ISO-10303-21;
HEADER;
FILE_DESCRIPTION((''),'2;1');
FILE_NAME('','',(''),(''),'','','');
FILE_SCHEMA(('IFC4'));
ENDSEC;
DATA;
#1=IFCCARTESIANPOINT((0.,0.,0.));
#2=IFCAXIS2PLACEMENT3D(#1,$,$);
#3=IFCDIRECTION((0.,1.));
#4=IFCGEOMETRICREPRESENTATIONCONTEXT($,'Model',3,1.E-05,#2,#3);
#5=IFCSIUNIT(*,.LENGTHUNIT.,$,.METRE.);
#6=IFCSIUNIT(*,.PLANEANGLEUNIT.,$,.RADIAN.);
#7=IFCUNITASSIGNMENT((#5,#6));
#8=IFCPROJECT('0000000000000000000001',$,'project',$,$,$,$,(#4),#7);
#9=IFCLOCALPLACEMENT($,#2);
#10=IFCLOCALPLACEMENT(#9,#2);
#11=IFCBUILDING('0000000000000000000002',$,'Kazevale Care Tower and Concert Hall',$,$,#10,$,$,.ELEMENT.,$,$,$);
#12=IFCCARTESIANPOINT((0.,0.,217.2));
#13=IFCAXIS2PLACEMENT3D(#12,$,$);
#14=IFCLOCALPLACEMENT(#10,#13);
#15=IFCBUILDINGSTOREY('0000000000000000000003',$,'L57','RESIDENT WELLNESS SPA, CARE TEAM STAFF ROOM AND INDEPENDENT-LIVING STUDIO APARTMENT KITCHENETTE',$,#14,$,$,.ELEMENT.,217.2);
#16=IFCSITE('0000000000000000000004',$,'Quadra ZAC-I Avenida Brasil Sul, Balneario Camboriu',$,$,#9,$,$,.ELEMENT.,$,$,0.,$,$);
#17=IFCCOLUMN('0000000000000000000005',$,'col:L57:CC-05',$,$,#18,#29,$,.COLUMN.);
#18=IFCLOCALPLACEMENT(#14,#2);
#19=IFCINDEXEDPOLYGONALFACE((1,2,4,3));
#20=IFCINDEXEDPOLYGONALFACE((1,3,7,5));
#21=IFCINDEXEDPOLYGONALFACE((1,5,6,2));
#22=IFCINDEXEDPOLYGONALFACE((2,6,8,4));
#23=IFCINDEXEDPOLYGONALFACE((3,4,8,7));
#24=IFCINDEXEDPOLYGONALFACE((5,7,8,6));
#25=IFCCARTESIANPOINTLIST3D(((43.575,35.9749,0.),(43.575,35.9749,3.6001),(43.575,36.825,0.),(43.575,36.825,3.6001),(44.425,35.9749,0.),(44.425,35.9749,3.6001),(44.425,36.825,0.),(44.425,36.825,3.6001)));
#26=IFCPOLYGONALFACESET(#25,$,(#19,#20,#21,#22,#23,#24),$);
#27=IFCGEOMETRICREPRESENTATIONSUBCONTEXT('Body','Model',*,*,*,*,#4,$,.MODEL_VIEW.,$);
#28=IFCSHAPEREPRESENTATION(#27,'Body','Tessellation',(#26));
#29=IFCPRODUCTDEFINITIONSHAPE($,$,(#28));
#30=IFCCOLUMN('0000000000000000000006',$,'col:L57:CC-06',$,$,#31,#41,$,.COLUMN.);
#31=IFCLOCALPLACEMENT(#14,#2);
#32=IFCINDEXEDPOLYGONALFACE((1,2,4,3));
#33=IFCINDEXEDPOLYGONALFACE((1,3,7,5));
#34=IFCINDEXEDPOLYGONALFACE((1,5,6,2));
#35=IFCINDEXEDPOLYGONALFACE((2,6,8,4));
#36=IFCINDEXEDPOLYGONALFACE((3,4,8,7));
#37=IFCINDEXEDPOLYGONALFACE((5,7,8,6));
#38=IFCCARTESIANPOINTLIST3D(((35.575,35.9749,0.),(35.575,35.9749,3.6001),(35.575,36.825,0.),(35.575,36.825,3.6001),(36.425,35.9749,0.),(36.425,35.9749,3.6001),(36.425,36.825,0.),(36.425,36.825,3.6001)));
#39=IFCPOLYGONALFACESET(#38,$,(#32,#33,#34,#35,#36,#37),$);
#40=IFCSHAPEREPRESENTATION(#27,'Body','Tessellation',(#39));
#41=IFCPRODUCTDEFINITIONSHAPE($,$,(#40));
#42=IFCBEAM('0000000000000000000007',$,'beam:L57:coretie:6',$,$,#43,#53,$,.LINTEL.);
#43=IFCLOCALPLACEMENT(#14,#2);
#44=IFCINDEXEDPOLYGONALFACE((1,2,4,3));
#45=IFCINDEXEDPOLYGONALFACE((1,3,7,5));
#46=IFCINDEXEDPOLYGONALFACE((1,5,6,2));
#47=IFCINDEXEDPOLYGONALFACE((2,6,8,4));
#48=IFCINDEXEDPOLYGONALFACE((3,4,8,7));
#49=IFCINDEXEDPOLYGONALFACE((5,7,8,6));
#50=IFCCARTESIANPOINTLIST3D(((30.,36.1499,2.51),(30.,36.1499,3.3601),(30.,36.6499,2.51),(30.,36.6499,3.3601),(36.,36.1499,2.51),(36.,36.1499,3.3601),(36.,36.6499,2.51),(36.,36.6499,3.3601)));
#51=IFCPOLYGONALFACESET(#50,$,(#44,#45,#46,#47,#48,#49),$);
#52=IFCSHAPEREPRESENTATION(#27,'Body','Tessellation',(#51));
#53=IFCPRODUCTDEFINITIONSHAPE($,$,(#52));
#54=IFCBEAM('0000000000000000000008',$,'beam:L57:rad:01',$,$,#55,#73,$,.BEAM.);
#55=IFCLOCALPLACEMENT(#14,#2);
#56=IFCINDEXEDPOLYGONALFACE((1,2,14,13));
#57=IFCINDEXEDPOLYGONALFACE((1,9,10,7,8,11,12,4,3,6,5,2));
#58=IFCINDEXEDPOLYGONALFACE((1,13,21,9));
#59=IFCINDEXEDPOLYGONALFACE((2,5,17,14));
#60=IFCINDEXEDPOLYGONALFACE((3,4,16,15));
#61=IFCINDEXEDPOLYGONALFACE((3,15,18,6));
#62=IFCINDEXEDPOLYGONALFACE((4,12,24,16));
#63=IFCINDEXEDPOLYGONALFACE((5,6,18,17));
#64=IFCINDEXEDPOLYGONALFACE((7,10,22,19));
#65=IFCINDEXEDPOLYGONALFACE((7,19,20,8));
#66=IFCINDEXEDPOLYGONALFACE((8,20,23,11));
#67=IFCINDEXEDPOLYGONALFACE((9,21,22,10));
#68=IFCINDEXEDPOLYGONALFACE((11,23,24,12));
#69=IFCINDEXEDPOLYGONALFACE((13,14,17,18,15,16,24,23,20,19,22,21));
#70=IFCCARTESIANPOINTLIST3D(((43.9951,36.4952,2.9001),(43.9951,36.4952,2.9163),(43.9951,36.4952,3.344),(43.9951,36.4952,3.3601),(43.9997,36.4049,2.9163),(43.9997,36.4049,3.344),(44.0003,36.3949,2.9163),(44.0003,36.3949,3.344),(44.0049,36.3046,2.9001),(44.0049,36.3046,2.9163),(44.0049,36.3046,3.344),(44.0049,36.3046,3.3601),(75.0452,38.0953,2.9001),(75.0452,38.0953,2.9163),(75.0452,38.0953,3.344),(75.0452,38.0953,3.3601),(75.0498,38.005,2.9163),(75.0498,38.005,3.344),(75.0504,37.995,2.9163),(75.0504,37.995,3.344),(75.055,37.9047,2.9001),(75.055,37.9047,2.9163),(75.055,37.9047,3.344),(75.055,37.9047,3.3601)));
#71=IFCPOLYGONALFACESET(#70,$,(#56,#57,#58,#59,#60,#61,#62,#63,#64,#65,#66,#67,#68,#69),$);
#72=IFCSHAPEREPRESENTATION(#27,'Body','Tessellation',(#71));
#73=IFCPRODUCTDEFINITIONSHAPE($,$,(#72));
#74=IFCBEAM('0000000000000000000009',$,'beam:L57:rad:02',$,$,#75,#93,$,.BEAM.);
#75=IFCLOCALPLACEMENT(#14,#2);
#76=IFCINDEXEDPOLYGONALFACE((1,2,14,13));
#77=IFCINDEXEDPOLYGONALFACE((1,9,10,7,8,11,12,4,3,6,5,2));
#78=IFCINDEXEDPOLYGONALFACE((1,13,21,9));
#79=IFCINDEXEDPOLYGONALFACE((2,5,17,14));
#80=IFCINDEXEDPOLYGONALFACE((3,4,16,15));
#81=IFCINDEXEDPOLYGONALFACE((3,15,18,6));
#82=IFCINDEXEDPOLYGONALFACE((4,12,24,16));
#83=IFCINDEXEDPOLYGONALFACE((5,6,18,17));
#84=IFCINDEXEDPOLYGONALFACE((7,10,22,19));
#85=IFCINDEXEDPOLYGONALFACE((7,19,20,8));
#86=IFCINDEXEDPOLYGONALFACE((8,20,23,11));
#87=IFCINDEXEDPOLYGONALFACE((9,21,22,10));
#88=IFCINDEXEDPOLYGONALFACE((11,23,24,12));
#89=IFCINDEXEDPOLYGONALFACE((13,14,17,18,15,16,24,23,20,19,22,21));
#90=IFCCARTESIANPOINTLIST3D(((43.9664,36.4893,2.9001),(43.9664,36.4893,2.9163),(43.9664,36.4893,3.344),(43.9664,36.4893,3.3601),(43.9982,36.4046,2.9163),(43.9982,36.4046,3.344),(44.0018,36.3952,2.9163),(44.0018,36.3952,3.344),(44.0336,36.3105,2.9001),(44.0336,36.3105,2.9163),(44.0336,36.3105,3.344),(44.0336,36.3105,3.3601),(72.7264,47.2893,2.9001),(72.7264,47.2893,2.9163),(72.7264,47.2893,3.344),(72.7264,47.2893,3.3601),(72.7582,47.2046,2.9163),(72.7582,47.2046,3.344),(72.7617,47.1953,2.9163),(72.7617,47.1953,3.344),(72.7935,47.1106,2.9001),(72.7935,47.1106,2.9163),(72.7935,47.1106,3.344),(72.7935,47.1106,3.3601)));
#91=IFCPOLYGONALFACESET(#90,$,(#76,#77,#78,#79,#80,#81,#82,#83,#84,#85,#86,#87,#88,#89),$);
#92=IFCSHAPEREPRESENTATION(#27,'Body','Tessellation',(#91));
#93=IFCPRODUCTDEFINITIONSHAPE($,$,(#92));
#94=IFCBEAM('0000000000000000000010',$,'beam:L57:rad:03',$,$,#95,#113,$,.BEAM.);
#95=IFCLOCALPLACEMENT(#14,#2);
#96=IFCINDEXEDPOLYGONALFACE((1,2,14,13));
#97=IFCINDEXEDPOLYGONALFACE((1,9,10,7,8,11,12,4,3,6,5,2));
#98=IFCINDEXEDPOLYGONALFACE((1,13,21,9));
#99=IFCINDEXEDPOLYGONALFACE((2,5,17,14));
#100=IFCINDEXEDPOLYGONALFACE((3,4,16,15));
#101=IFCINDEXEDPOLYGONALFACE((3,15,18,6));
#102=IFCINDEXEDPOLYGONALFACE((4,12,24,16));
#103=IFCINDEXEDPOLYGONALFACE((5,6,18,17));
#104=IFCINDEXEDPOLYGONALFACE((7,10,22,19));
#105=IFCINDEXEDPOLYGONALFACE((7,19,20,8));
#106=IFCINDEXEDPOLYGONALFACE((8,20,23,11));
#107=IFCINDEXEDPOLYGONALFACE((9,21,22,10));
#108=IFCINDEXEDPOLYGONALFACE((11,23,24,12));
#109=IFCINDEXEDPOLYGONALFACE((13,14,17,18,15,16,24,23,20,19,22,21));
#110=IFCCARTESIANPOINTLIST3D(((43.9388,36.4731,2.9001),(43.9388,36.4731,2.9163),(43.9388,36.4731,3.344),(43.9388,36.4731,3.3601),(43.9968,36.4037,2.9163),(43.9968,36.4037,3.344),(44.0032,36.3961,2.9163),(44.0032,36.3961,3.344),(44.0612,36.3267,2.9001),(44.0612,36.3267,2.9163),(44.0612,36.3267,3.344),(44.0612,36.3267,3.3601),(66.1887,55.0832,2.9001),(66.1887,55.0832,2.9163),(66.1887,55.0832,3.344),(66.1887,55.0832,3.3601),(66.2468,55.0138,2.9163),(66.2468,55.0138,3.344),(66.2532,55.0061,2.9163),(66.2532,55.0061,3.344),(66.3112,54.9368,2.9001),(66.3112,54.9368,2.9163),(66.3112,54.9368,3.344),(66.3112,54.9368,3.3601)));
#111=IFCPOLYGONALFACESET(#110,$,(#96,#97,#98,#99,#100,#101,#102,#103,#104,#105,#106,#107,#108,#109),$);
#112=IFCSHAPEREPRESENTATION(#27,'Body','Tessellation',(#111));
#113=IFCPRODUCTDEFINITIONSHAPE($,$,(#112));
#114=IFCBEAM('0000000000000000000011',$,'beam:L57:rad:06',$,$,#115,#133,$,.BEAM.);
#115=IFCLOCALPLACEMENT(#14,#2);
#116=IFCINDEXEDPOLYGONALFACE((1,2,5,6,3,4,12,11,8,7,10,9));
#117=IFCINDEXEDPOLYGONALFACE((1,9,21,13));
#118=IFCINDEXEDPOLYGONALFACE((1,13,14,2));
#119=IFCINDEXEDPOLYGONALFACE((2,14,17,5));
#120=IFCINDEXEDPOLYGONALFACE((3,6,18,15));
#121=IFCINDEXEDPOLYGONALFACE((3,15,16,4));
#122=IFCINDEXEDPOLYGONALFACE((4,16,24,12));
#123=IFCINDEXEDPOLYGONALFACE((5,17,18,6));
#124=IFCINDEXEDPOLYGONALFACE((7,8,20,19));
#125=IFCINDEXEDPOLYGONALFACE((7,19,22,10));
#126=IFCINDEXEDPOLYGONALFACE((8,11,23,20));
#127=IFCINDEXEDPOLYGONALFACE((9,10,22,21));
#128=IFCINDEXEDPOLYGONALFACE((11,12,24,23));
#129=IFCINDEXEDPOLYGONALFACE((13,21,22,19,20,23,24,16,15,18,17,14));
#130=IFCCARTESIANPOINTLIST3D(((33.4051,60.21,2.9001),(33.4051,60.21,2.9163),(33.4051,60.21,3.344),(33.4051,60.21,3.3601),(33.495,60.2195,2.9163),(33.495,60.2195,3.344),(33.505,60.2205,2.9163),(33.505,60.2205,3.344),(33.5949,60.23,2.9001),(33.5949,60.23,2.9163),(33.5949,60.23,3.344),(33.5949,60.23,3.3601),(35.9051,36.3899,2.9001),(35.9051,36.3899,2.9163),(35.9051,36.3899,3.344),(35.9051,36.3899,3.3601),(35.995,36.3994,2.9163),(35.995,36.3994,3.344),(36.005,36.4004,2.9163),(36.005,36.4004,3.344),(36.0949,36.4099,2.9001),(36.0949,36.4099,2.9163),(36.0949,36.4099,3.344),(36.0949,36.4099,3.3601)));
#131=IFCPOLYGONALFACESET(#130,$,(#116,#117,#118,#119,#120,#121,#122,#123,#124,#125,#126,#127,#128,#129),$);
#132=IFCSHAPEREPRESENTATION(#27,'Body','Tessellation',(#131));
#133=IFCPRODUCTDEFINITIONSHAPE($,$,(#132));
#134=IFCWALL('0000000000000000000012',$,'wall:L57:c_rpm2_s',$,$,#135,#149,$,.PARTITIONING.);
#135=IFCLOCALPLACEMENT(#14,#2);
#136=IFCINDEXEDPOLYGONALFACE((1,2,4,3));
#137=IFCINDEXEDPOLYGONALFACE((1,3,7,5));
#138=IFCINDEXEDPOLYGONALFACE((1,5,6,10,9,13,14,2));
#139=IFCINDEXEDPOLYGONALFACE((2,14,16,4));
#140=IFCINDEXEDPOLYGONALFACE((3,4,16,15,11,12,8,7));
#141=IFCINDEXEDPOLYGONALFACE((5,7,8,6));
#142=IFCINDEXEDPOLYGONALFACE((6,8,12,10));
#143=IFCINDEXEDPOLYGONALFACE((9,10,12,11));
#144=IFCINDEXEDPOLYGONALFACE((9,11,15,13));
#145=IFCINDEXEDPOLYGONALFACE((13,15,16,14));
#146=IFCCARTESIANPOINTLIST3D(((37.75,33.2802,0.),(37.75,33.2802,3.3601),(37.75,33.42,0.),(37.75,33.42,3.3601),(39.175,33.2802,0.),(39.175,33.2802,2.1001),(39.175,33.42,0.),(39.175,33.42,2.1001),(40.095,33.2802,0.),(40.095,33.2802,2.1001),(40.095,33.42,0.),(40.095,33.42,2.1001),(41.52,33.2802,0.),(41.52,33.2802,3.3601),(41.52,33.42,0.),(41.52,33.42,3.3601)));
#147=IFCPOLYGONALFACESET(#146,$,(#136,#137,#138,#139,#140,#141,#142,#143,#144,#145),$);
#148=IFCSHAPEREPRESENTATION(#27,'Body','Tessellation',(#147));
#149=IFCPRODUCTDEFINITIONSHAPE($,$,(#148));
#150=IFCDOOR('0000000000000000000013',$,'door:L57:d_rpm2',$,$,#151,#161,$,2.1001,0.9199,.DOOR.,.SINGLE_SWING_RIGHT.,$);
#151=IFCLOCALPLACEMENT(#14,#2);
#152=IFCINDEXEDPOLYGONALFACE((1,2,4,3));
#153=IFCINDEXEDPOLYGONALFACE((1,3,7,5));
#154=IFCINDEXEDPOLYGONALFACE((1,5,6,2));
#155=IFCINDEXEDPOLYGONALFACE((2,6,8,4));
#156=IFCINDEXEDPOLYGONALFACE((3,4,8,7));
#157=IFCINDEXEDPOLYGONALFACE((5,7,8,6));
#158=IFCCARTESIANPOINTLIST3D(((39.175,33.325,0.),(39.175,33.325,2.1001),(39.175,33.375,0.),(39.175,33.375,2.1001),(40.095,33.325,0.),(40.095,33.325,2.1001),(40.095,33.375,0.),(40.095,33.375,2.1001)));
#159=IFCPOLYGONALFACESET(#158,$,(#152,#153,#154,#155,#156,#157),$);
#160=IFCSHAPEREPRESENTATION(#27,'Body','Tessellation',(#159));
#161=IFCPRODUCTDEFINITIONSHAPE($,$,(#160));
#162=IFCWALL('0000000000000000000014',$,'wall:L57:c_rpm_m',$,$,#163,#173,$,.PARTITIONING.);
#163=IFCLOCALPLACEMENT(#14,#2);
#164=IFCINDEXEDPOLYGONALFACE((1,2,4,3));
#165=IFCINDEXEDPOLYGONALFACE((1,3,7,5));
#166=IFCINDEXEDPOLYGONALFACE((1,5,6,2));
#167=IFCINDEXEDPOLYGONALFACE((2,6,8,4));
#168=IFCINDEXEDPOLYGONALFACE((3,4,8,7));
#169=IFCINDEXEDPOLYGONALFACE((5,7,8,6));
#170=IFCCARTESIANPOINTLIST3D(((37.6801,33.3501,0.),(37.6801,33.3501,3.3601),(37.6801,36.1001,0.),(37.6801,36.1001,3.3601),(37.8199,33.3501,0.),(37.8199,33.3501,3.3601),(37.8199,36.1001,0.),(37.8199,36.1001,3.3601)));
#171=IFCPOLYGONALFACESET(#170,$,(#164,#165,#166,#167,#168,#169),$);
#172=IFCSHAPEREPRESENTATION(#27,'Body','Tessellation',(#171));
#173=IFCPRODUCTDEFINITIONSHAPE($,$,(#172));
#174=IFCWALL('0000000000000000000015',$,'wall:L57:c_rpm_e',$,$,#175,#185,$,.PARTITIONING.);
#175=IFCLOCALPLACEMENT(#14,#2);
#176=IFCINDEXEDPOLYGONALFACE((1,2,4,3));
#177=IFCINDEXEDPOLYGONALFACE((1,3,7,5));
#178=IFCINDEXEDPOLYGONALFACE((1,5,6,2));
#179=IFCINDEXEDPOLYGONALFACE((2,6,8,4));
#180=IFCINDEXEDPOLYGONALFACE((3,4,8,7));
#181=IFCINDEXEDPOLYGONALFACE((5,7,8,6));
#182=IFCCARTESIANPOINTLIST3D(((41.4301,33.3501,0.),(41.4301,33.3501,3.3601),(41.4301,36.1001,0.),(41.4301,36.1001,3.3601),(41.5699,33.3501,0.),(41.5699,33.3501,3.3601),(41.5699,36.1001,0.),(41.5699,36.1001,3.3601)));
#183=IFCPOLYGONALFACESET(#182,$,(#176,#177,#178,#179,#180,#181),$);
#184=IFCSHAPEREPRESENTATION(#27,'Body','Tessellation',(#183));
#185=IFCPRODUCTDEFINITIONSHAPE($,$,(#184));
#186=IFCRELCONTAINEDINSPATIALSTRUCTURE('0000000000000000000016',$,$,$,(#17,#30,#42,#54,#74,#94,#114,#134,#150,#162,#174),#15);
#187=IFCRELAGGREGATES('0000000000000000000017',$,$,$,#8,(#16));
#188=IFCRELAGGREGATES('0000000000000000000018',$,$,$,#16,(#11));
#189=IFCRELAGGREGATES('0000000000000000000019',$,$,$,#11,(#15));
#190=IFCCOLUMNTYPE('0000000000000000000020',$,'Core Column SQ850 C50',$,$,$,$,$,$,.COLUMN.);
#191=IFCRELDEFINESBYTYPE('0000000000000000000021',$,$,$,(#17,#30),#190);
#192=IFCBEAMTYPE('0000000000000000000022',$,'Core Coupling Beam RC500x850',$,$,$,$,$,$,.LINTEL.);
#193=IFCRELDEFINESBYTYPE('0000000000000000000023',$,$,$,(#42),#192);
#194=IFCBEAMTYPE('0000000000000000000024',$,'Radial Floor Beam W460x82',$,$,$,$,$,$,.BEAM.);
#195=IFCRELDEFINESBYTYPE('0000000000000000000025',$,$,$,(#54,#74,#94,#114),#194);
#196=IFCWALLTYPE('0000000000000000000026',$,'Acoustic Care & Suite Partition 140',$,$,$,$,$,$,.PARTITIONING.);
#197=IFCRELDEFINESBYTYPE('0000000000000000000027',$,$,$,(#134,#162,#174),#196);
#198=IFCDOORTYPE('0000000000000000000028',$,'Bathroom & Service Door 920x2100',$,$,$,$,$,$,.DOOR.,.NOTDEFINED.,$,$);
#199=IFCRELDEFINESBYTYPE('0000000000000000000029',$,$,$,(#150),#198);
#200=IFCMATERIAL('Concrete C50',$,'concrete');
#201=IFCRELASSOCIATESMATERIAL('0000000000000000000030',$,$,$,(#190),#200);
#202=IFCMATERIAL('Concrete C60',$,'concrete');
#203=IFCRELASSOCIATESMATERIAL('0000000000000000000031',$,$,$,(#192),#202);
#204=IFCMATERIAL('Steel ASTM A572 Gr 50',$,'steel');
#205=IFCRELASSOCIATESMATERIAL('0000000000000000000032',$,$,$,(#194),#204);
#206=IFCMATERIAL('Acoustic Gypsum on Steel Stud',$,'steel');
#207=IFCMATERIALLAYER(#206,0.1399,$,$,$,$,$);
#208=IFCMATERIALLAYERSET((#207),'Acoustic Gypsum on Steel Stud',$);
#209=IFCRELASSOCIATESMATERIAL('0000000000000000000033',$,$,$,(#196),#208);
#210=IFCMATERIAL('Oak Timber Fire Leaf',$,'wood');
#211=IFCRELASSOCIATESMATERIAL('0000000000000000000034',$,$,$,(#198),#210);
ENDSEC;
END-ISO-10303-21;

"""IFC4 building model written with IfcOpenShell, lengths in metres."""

from ifc_helpers import new_model, si_unit, direction, frame, frame_2d, origin, origin_2d, place, context, subcontext, project, spatial, rectangle, i_section, extrude, material, layer, layer_set, material_profile, profile_set, type_object, element, fill, save


model = new_model("IFC4")

# Units and contexts
model_context = context("Model", 3, precision=1e-05, world=origin(), true_north=direction((0.0, 1.0)))
body_context = subcontext(model_context, "Body", "Model", "MODEL_VIEW")
ifc_project = project(units=[si_unit("LENGTHUNIT", "METRE"), si_unit("PLANEANGLEUNIT", "RADIAN")], contexts=[model_context])

# Site, building, storey
site_placement = place(None, origin())
site = spatial("IfcSite", under=ifc_project, at=site_placement, Name="Quadra ZAC-I Avenida Brasil Sul, Balneario Camboriu", CompositionType="ELEMENT", RefElevation=0.0)
building_placement = place(site_placement, origin())
building = spatial("IfcBuilding", under=site, at=building_placement, Name="Kazevale Care Tower and Concert Hall", CompositionType="ELEMENT")
storey_placement = place(building_placement, frame((0.0, 0.0, 217.2)))
storey = spatial("IfcBuildingStorey", under=building, at=storey_placement, Name="L57", Description="RESIDENT WELLNESS SPA, CARE TEAM STAFF ROOM AND INDEPENDENT-LIVING STUDIO APARTMENT KITCHENETTE", CompositionType="ELEMENT", Elevation=217.2)

# Columns
ifc_material_1 = material(Name="Concrete C50", Category="concrete")
ifc_material_profile_1 = material_profile(ifc_material_1, rectangle(XDim=0.8501, YDim=0.8501, at=origin_2d()), Name="RC-SQ850")
ifc_profile_set_1 = profile_set([ifc_material_profile_1], Name="Concrete C50")
column_type = type_object("IfcColumnType", Name="Core Column SQ850 C50", PredefinedType="COLUMN", material=ifc_profile_set_1)
for number, where, z_axis, x_axis, name in (
    (1, (44.0, 36.3999, 0.0), (0.0, 0.0, 1.0), (1.0, 0.0, 0.0), "col:L57:CC-05"),
    (2, (36.0, 36.3999, 0.0), (0.0, 0.0, 1.0), (1.0, 0.0, 0.0), "col:L57:CC-06"),
):
    element("IfcColumn", number, at=place(storey_placement, frame(where, z_axis=z_axis, x_axis=x_axis)), inside=storey, type_object=column_type, Name=name, PredefinedType="COLUMN", context=body_context, shape_type="SweptSolid", body=[
        extrude(rectangle(XDim=0.8501, YDim=0.8501, at=origin_2d()), origin(), (0.0, 0.0, 1.0), 3.6001),
    ])

# Beams
ifc_material_2 = material(Name="Concrete C60", Category="concrete")
ifc_material_profile_2 = material_profile(ifc_material_2, rectangle(XDim=0.5, YDim=0.8501, at=origin_2d()), Name="RC-B500x850")
ifc_profile_set_2 = profile_set([ifc_material_profile_2], Name="Concrete C60")
beam_type_1 = type_object("IfcBeamType", Name="Core Coupling Beam RC500x850", PredefinedType="LINTEL", material=ifc_profile_set_2)
beam_1_placement = place(storey_placement, frame((36.0, 36.3999, 2.9351), z_axis=(-1.0, 0.0, 0.0), x_axis=(0.0, -1.0, 0.0)))
element("IfcBeam", 3, at=beam_1_placement, inside=storey, type_object=beam_type_1, Name="beam:L57:coretie:6", PredefinedType="LINTEL", context=body_context, shape_type="SweptSolid", body=[
    extrude(rectangle(XDim=0.5, YDim=0.8501, at=origin_2d()), origin(), (0.0, 0.0, 1.0), 6.0),
])
ifc_material_3 = material(Name="Steel ASTM A572 Gr 50", Category="steel")
ifc_material_profile_3 = material_profile(ifc_material_3, i_section(OverallWidth=0.1909, OverallDepth=0.46, WebThickness=0.01, FlangeThickness=0.0161, at=origin_2d()), Name="W460x82")
ifc_profile_set_3 = profile_set([ifc_material_profile_3], Name="Steel ASTM A572 Gr 50")
beam_type_2 = type_object("IfcBeamType", Name="Radial Floor Beam W460x82", PredefinedType="BEAM", material=ifc_profile_set_3)
beam_2_placement = place(storey_placement, frame((44.0, 36.3999, 3.1301), z_axis=(0.998675, 0.051465, 0.0), x_axis=(-0.051465, 0.998675, 0.0)))
element("IfcBeam", 4, at=beam_2_placement, inside=storey, type_object=beam_type_2, Name="beam:L57:rad:01", PredefinedType="BEAM", context=body_context, shape_type="SweptSolid", body=[
    extrude(i_section(OverallWidth=0.1909, OverallDepth=0.46, WebThickness=0.01, FlangeThickness=0.0161, at=origin_2d()), origin(), (0.0, 0.0, 1.0), 31.0913),
])
beam_3_placement = place(storey_placement, frame((44.0, 36.3999, 3.1301), z_axis=(0.936168, 0.351553, 0.0), x_axis=(-0.351553, 0.936168, 0.0)))
element("IfcBeam", 5, at=beam_3_placement, inside=storey, type_object=beam_type_2, Name="beam:L57:rad:02", PredefinedType="BEAM", context=body_context, shape_type="SweptSolid", body=[
    extrude(i_section(OverallWidth=0.1909, OverallDepth=0.46, WebThickness=0.01, FlangeThickness=0.0161, at=origin_2d()), origin(), (0.0, 0.0, 1.0), 30.7209),
])
beam_4_placement = place(storey_placement, frame((44.0, 36.3999, 3.1301), z_axis=(0.76706, 0.641576, 0.0), x_axis=(-0.641576, 0.76706, 0.0)))
element("IfcBeam", 6, at=beam_4_placement, inside=storey, type_object=beam_type_2, Name="beam:L57:rad:03", PredefinedType="BEAM", context=body_context, shape_type="SweptSolid", body=[
    extrude(i_section(OverallWidth=0.1909, OverallDepth=0.46, WebThickness=0.01, FlangeThickness=0.0161, at=origin_2d()), origin(), (0.0, 0.0, 1.0), 29.0068),
])
beam_5_placement = place(storey_placement, frame((36.0, 36.3999, 3.1301), z_axis=(-0.10438, 0.994537, 0.0), x_axis=(-0.994537, -0.10438, 0.0)))
element("IfcBeam", 7, at=beam_5_placement, inside=storey, type_object=beam_type_2, Name="beam:L57:rad:06", PredefinedType="BEAM", context=body_context, shape_type="SweptSolid", body=[
    extrude(i_section(OverallWidth=0.1909, OverallDepth=0.46, WebThickness=0.01, FlangeThickness=0.0161, at=origin_2d()), origin(), (0.0, 0.0, 1.0), 23.9509),
])

# Wall, opening, door
ifc_material_4 = material(Name="Acoustic Gypsum on Steel Stud", Category="steel")
ifc_layer_1 = layer(ifc_material_4, 0.1399)
ifc_layer_set_1 = layer_set([ifc_layer_1], Name="Acoustic Gypsum on Steel Stud")
wall_type_1 = type_object("IfcWallType", Name="Acoustic Care & Suite Partition 140", PredefinedType="PARTITIONING", material=ifc_layer_set_1)
wall_1_placement = place(storey_placement, frame((37.75, 33.3501, 0.0), z_axis=(0.0, 0.0, 1.0), x_axis=(1.0, 0.0, 0.0)))
wall_1 = element("IfcWall", 8, at=wall_1_placement, inside=storey, type_object=wall_type_1, Name="wall:L57:c_rpm2_s", PredefinedType="PARTITIONING", context=body_context, shape_type="SweptSolid", body=[
    extrude(rectangle(XDim=3.77, YDim=0.1399, at=frame_2d((1.885, 0.0))), origin(), (0.0, 0.0, 1.0), 3.3601),
])
opening_1_placement = place(wall_1_placement, frame((1.425, 0.0, 0.0)))
opening_1 = element("IfcOpeningElement", 9, at=opening_1_placement, cuts=wall_1, PredefinedType="OPENING", context=body_context, shape_type="SweptSolid", body=[
    extrude(rectangle(XDim=0.9199, YDim=2.1001, at=frame_2d((0.46, 1.05))), frame((0.0, 0.0798, 0.0), z_axis=(0.0, -1.0, 0.0), x_axis=(1.0, 0.0, 0.0)), (0.0, 0.0, 1.0), 0.1599),
])
ifc_material_5 = material(Name="Oak Timber Fire Leaf", Category="wood")
door_type_1 = type_object("IfcDoorType", Name="Bathroom & Service Door 920x2100", OperationType="NOTDEFINED", PredefinedType="DOOR", material=ifc_material_5)
door_1_placement = place(opening_1_placement, origin())
door_1 = element("IfcDoor", 10, at=door_1_placement, inside=storey, type_object=door_type_1, Name="door:L57:d_rpm2", OperationType="SINGLE_SWING_RIGHT", OverallHeight=2.1001, OverallWidth=0.9199, PredefinedType="DOOR", context=body_context, shape_type="SweptSolid", body=[
    extrude(rectangle(XDim=0.9199, YDim=2.1001, at=frame_2d((0.46, 1.05))), frame((0.0, 0.0249, 0.0), z_axis=(0.0, -1.0, 0.0), x_axis=(1.0, 0.0, 0.0)), (0.0, 0.0, 1.0), 0.05),
])
fill(opening_1, door_1)

# Walls
for number, where, z_axis, x_axis, name in (
    (11, (37.75, 33.3501, 0.0), (0.0, 0.0, 1.0), (0.0, 1.0, 0.0), "wall:L57:c_rpm_m"),
    (12, (41.5, 33.3501, 0.0), (0.0, 0.0, 1.0), (0.0, 1.0, 0.0), "wall:L57:c_rpm_e"),
):
    element("IfcWall", number, at=place(storey_placement, frame(where, z_axis=z_axis, x_axis=x_axis)), inside=storey, type_object=wall_type_1, Name=name, PredefinedType="PARTITIONING", context=body_context, shape_type="SweptSolid", body=[
        extrude(rectangle(XDim=2.75, YDim=0.1399, at=frame_2d((1.375, 0.0))), origin(), (0.0, 0.0, 1.0), 3.3601),
    ])

save(model, "model.ifc")
